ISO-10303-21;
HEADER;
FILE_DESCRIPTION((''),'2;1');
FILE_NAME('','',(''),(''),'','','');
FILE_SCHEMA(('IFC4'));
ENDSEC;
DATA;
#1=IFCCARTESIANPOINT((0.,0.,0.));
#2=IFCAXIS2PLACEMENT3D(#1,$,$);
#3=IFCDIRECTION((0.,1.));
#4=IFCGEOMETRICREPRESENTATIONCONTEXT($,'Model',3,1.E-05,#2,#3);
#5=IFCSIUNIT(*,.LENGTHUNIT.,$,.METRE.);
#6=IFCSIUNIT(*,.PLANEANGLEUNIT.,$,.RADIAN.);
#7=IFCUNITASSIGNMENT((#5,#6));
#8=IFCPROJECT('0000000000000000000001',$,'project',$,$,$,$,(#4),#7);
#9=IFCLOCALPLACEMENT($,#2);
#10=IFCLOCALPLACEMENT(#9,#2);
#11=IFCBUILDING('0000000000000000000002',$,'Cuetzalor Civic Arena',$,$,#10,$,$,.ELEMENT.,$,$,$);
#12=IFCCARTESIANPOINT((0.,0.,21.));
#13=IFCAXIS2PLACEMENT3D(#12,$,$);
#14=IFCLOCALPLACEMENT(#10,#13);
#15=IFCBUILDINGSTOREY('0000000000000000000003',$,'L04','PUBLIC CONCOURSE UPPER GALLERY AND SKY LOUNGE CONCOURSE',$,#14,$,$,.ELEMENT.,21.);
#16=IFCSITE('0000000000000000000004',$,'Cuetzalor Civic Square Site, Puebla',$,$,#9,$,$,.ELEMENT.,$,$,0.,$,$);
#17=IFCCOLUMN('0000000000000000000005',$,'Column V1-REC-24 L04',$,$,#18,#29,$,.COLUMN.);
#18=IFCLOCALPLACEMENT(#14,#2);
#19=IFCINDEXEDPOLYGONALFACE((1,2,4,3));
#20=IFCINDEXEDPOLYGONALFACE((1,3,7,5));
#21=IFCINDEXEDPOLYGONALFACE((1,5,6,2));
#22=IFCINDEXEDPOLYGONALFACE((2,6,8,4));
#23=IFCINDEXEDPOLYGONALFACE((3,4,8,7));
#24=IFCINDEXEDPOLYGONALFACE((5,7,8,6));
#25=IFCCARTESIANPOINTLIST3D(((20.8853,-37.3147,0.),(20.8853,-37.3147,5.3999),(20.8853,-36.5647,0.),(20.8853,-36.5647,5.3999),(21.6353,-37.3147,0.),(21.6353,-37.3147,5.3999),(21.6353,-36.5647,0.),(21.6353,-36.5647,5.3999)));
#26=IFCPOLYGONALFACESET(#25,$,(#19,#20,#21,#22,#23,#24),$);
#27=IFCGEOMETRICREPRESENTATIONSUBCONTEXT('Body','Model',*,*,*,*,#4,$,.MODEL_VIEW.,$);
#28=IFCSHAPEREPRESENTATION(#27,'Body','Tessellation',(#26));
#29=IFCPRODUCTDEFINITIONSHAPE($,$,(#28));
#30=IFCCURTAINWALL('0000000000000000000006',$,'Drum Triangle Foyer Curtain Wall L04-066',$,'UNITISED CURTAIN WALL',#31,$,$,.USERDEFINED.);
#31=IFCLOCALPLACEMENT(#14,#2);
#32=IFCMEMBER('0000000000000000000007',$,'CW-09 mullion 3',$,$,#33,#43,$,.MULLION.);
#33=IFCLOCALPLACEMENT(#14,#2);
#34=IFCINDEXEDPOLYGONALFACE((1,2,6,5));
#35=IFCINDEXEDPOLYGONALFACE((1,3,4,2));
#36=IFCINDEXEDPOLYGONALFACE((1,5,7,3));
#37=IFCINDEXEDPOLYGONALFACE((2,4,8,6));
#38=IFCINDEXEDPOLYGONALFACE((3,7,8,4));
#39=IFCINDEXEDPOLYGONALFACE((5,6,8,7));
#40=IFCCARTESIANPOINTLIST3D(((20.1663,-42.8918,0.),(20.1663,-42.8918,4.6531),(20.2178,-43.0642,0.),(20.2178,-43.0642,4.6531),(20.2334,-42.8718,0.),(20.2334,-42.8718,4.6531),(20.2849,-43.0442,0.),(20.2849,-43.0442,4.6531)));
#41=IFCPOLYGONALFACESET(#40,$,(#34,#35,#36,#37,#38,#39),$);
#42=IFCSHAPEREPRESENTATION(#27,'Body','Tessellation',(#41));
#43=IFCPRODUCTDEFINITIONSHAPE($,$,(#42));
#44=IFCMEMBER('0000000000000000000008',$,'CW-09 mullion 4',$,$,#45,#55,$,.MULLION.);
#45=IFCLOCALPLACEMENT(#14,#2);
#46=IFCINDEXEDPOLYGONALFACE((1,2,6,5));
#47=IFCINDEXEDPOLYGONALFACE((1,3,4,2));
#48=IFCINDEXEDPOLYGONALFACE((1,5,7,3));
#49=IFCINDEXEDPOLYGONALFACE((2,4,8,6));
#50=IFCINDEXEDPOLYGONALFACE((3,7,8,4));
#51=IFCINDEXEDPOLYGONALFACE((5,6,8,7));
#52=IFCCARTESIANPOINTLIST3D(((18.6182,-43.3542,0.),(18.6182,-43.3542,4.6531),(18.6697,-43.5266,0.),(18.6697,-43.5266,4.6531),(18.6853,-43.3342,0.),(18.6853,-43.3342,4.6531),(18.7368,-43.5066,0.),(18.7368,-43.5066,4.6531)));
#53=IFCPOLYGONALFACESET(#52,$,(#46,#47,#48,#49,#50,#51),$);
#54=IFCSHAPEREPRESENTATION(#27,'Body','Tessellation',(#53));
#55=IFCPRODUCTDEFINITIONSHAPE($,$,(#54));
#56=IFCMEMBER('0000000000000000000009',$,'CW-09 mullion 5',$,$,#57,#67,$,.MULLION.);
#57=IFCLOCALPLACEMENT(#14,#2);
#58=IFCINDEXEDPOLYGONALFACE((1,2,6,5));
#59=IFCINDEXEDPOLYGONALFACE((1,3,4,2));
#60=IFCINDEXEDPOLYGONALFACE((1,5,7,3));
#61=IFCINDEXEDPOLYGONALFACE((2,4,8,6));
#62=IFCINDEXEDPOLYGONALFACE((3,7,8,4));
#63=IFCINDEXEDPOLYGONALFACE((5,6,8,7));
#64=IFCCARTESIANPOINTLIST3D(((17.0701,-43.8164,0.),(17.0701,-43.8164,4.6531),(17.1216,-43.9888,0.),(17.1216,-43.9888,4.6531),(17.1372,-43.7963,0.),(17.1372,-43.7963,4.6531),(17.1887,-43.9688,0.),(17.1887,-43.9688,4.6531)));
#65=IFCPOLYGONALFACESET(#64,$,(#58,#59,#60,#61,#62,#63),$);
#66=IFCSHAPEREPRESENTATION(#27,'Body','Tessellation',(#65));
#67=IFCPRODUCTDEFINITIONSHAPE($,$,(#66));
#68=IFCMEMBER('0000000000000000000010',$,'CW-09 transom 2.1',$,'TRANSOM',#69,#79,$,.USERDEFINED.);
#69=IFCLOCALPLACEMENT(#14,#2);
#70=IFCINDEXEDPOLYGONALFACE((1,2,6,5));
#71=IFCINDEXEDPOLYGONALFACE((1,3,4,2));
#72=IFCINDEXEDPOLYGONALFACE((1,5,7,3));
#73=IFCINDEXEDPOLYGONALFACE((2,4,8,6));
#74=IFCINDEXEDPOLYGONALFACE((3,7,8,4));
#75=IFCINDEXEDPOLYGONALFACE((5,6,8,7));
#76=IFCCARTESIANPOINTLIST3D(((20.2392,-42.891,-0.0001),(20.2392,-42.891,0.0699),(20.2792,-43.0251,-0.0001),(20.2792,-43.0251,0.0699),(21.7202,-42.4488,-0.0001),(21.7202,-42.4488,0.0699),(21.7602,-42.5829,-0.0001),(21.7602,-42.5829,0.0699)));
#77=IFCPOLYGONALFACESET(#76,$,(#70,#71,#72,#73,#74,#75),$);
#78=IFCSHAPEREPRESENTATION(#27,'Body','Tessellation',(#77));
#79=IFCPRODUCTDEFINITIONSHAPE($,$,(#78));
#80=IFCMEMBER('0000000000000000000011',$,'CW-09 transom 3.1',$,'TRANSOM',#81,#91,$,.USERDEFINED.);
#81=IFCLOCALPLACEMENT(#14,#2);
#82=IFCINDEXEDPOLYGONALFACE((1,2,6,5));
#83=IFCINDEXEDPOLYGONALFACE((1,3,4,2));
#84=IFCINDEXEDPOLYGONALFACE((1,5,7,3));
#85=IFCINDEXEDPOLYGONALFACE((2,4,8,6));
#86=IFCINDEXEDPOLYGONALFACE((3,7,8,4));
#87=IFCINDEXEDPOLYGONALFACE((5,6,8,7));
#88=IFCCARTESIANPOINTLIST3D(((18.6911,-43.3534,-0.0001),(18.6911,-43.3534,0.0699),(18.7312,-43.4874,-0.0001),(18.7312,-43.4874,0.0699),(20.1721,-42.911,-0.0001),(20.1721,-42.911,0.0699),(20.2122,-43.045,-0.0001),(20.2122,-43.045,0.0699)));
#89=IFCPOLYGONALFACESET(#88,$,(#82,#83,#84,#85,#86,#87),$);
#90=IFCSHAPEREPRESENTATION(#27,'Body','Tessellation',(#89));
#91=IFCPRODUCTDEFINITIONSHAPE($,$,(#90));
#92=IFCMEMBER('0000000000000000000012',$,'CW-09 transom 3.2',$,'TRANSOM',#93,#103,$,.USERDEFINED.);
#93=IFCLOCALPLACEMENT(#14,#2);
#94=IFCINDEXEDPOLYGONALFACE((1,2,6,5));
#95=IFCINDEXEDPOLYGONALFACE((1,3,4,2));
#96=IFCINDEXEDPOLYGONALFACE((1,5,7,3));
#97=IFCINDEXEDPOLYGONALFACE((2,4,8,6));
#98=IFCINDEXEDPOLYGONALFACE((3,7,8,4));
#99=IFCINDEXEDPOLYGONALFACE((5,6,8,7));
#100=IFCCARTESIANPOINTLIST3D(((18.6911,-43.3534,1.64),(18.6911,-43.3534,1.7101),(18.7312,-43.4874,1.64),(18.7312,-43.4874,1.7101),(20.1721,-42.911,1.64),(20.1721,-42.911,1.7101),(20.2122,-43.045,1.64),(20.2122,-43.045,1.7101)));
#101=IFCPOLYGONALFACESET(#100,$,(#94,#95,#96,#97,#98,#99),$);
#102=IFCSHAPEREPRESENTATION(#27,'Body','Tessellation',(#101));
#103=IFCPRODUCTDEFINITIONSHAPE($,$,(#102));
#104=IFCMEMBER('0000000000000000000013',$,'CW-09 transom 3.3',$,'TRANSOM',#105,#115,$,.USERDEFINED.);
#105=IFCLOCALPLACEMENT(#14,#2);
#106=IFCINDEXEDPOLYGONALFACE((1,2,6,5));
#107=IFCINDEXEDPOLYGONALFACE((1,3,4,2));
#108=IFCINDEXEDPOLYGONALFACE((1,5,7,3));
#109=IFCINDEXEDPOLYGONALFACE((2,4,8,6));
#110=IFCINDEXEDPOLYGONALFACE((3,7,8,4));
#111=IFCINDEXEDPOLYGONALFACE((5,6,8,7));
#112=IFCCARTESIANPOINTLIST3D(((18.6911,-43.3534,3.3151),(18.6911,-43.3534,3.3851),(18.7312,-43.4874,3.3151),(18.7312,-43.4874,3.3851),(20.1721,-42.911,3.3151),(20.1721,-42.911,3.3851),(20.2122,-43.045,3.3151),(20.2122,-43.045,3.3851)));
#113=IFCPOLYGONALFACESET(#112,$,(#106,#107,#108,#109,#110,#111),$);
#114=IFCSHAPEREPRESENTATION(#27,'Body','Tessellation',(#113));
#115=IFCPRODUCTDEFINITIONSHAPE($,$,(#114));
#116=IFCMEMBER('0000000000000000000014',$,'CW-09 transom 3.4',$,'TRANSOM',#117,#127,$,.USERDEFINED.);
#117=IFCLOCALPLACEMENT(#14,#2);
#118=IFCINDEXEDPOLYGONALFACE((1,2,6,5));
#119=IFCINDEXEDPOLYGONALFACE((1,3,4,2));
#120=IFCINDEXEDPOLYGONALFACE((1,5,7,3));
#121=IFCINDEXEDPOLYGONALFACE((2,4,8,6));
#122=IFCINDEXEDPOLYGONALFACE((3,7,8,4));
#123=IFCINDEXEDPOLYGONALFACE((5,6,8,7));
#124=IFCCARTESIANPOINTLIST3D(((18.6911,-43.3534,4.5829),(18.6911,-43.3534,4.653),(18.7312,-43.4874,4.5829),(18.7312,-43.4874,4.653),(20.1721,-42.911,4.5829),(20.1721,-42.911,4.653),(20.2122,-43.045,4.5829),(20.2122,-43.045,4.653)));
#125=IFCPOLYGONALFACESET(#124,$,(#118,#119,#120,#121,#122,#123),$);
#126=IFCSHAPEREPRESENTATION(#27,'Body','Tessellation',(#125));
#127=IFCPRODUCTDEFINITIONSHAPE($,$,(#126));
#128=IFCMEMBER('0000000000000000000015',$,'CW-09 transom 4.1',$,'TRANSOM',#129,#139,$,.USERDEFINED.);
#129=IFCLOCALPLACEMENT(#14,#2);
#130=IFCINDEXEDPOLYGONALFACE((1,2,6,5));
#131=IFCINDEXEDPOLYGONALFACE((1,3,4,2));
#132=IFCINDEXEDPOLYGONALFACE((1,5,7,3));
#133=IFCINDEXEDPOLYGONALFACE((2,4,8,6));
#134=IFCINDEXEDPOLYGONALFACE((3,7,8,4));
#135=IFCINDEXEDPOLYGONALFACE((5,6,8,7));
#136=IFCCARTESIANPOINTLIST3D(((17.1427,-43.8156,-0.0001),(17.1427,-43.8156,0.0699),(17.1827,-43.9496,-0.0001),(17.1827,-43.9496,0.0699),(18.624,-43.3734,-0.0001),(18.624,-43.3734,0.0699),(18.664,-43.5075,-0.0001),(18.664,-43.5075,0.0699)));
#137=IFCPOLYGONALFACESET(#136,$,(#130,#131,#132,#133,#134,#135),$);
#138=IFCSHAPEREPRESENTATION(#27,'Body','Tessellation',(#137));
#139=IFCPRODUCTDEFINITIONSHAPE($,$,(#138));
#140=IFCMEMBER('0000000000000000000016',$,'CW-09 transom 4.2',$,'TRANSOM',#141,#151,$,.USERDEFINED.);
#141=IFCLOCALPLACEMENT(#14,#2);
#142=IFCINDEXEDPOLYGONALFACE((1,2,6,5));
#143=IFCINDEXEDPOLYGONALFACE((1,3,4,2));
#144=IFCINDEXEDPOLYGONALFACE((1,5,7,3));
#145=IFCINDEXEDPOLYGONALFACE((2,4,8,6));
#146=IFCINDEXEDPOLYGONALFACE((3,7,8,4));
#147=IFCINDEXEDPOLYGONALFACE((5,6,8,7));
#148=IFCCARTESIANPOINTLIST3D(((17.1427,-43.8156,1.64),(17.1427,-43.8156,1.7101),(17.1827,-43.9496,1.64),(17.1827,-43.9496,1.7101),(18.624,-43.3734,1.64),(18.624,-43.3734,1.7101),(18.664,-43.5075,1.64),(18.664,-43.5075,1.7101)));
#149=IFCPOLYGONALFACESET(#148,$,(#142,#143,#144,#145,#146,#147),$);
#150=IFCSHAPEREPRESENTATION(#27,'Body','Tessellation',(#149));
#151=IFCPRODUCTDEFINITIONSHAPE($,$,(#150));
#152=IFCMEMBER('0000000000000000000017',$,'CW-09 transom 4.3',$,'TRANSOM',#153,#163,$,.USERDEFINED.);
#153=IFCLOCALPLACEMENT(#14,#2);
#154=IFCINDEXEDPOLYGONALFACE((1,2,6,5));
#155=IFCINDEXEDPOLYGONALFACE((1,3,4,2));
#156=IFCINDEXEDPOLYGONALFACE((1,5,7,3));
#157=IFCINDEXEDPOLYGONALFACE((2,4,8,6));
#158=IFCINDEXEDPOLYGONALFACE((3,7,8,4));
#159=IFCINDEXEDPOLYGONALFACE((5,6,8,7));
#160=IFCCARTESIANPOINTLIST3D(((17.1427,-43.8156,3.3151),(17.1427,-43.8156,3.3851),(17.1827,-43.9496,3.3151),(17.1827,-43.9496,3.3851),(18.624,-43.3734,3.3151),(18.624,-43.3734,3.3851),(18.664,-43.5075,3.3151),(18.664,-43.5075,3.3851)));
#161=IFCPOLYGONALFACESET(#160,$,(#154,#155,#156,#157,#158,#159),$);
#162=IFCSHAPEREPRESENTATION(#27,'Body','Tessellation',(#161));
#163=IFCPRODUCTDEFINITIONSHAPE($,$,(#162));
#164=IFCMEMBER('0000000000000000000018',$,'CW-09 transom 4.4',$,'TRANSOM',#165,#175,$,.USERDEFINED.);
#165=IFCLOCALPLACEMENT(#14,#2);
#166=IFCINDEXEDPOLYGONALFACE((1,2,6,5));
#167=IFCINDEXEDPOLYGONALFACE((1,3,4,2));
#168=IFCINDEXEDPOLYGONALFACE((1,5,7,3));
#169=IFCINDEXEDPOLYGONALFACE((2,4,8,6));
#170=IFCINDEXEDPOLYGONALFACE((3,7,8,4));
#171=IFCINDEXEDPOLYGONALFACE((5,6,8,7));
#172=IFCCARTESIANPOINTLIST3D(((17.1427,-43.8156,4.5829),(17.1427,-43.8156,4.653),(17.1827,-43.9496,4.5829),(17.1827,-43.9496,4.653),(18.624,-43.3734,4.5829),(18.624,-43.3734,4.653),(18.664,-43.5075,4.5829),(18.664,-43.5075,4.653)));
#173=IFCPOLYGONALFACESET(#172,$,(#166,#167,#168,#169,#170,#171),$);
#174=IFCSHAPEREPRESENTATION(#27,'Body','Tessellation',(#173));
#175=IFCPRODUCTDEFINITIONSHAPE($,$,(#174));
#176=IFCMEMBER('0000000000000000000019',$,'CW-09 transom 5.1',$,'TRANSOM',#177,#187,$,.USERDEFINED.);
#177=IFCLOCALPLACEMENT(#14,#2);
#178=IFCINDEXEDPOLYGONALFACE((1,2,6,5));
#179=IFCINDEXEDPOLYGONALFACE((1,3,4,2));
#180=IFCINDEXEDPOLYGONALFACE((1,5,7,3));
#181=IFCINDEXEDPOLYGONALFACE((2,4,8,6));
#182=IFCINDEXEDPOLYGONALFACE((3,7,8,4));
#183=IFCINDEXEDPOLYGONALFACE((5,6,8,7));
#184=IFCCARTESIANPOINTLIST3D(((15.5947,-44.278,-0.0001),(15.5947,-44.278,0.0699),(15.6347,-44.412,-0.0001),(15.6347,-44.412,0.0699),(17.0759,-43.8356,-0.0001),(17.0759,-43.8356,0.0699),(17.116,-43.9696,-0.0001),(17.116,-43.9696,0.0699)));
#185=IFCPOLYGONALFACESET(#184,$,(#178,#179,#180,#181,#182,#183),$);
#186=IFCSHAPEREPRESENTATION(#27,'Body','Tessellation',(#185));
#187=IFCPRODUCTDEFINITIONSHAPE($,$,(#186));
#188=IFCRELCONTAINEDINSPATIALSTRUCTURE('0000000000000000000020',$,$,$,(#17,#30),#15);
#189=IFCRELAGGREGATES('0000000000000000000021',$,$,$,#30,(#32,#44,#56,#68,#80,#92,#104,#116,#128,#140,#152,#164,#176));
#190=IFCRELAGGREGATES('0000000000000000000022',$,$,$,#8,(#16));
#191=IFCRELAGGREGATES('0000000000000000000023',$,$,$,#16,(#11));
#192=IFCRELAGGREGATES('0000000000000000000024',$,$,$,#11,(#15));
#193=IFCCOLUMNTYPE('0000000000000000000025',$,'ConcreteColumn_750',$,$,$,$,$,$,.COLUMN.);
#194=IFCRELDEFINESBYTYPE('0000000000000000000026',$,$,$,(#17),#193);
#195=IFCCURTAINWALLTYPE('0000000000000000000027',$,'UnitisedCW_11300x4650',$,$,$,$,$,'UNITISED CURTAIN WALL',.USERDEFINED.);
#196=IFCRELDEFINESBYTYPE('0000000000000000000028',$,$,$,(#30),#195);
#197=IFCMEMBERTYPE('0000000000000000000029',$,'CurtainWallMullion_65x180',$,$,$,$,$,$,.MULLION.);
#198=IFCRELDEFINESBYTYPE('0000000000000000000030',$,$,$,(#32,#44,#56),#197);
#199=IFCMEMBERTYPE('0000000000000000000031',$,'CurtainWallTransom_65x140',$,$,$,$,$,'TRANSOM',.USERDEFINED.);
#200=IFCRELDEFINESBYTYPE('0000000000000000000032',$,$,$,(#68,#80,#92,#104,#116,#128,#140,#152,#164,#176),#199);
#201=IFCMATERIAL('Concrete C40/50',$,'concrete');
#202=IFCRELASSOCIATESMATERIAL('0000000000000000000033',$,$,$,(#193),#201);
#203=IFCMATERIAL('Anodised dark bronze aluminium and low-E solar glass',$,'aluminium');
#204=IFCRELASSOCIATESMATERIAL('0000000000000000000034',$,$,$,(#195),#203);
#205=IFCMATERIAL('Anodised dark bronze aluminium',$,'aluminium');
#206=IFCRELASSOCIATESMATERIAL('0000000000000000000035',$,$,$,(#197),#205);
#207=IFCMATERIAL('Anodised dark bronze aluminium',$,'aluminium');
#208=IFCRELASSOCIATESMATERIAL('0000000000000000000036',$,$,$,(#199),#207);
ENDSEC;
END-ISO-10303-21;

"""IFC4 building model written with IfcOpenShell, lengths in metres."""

from ifc_helpers import new_model, si_unit, direction, frame, origin, origin_2d, place, context, subcontext, project, spatial, rectangle, extrude, material, material_profile, profile_set, type_object, element, aggregate, save


model = new_model("IFC4")

# Units and contexts
model_context = context("Model", 3, precision=1e-05, world=origin(), true_north=direction((0.0, 1.0)))
body_context = subcontext(model_context, "Body", "Model", "MODEL_VIEW")
ifc_project = project(units=[si_unit("LENGTHUNIT", "METRE"), si_unit("PLANEANGLEUNIT", "RADIAN")], contexts=[model_context])

# Site, building, storey
site_placement = place(None, origin())
site = spatial("IfcSite", under=ifc_project, at=site_placement, Name="Cuetzalor Civic Square Site, Puebla", CompositionType="ELEMENT", RefElevation=0.0)
building_placement = place(site_placement, origin())
building = spatial("IfcBuilding", under=site, at=building_placement, Name="Cuetzalor Civic Arena", CompositionType="ELEMENT")
storey_placement = place(building_placement, frame((0.0, 0.0, 21.0)))
storey = spatial("IfcBuildingStorey", under=building, at=storey_placement, Name="L04", Description="PUBLIC CONCOURSE UPPER GALLERY AND SKY LOUNGE CONCOURSE", CompositionType="ELEMENT", Elevation=21.0)

# Column
ifc_material_1 = material(Name="Concrete C40/50", Category="concrete")
ifc_material_profile_1 = material_profile(ifc_material_1, rectangle(XDim=0.75, YDim=0.75, at=origin_2d()), Name="RC 750x750")
ifc_profile_set_1 = profile_set([ifc_material_profile_1], Name="Concrete C40/50")
column_type = type_object("IfcColumnType", Name="ConcreteColumn_750", PredefinedType="COLUMN", material=ifc_profile_set_1)
column_placement = place(storey_placement, frame((21.2603, -36.9397, 0.0), z_axis=(0.0, 0.0, 1.0), x_axis=(1.0, 0.0, 0.0)))
element("IfcColumn", 1, at=column_placement, inside=storey, type_object=column_type, Name="Column V1-REC-24 L04", PredefinedType="COLUMN", context=body_context, shape_type="SweptSolid", body=[
    extrude(rectangle(XDim=0.75, YDim=0.75, at=origin_2d()), origin(), (0.0, 0.0, 1.0), 5.3999),
])

# Curtain wall, members
ifc_material_2 = material(Name="Anodised dark bronze aluminium and low-E solar glass", Category="aluminium")
curtain_wall_type = type_object("IfcCurtainWallType", Name="UnitisedCW_11300x4650", ElementType="UNITISED CURTAIN WALL", PredefinedType="USERDEFINED", material=ifc_material_2)
curtain_wall_placement = place(storey_placement, origin())
curtain_wall = element("IfcCurtainWall", 2, at=curtain_wall_placement, inside=storey, type_object=curtain_wall_type, Name="Drum Triangle Foyer Curtain Wall L04-066", ObjectType="UNITISED CURTAIN WALL", PredefinedType="USERDEFINED")
ifc_material_3 = material(Name="Anodised dark bronze aluminium", Category="aluminium")
ifc_material_profile_2 = material_profile(ifc_material_3, rectangle(XDim=0.0701, YDim=0.1799, at=origin_2d()), Name="ALU MULLION 70x180")
ifc_profile_set_2 = profile_set([ifc_material_profile_2], Name="Anodised dark bronze aluminium")
member_type_1 = type_object("IfcMemberType", Name="CurtainWallMullion_65x180", PredefinedType="MULLION", material=ifc_profile_set_2)
member_1_placement = place(storey_placement, frame((20.2256, -42.968, 0.0), z_axis=(0.0, 0.0, 1.0), x_axis=(-0.958194, -0.28612, 0.0)))
member_1 = element("IfcMember", 3, at=member_1_placement, type_object=member_type_1, Name="CW-09 mullion 3", PredefinedType="MULLION", context=body_context, shape_type="SweptSolid", body=[
    extrude(rectangle(XDim=0.0701, YDim=0.1799, at=origin_2d()), origin(), (0.0, 0.0, 1.0), 4.6531),
])
member_2_placement = place(storey_placement, frame((18.6775, -43.4304, 0.0), z_axis=(0.0, 0.0, 1.0), x_axis=(-0.958194, -0.28612, 0.0)))
member_2 = element("IfcMember", 4, at=member_2_placement, type_object=member_type_1, Name="CW-09 mullion 4", PredefinedType="MULLION", context=body_context, shape_type="SweptSolid", body=[
    extrude(rectangle(XDim=0.0701, YDim=0.1799, at=origin_2d()), origin(), (0.0, 0.0, 1.0), 4.6531),
])
member_3_placement = place(storey_placement, frame((17.1294, -43.8926, 0.0), z_axis=(0.0, 0.0, 1.0), x_axis=(-0.958194, -0.28612, 0.0)))
member_3 = element("IfcMember", 5, at=member_3_placement, type_object=member_type_1, Name="CW-09 mullion 5", PredefinedType="MULLION", context=body_context, shape_type="SweptSolid", body=[
    extrude(rectangle(XDim=0.0701, YDim=0.1799, at=origin_2d()), origin(), (0.0, 0.0, 1.0), 4.6531),
])
ifc_material_4 = material(Name="Anodised dark bronze aluminium", Category="aluminium")
ifc_material_profile_3 = material_profile(ifc_material_4, rectangle(XDim=0.1399, YDim=0.0701, at=origin_2d()), Name="ALU TRANSOM 70x140")
ifc_profile_set_3 = profile_set([ifc_material_profile_3], Name="Anodised dark bronze aluminium")
member_type_2 = type_object("IfcMemberType", Name="CurtainWallTransom_65x140", ElementType="TRANSOM", PredefinedType="USERDEFINED", material=ifc_profile_set_3)
member_4_placement = place(storey_placement, frame((21.7402, -42.5159, 0.0349), z_axis=(-0.958208, -0.286072, 0.0), x_axis=(0.286072, -0.958208, 0.0)))
member_4 = element("IfcMember", 6, at=member_4_placement, type_object=member_type_2, Name="CW-09 transom 2.1", ObjectType="TRANSOM", PredefinedType="USERDEFINED", context=body_context, shape_type="SweptSolid", body=[
    extrude(rectangle(XDim=0.1399, YDim=0.0701, at=origin_2d()), origin(), (0.0, 0.0, 1.0), 1.5457),
])
member_5_placement = place(storey_placement, frame((20.1921, -42.978, 0.0349), z_axis=(-0.958165, -0.286217, 0.0), x_axis=(0.286217, -0.958165, 0.0)))
member_5 = element("IfcMember", 7, at=member_5_placement, type_object=member_type_2, Name="CW-09 transom 3.1", ObjectType="TRANSOM", PredefinedType="USERDEFINED", context=body_context, shape_type="SweptSolid", body=[
    extrude(rectangle(XDim=0.1399, YDim=0.0701, at=origin_2d()), origin(), (0.0, 0.0, 1.0), 1.5457),
])
member_6_placement = place(storey_placement, frame((20.1921, -42.978, 1.675), z_axis=(-0.958165, -0.286217, 0.0), x_axis=(0.286217, -0.958165, 0.0)))
member_6 = element("IfcMember", 8, at=member_6_placement, type_object=member_type_2, Name="CW-09 transom 3.2", ObjectType="TRANSOM", PredefinedType="USERDEFINED", context=body_context, shape_type="SweptSolid", body=[
    extrude(rectangle(XDim=0.1399, YDim=0.0701, at=origin_2d()), origin(), (0.0, 0.0, 1.0), 1.5457),
])
member_7_placement = place(storey_placement, frame((20.1921, -42.978, 3.3501), z_axis=(-0.958165, -0.286217, 0.0), x_axis=(0.286217, -0.958165, 0.0)))
member_7 = element("IfcMember", 9, at=member_7_placement, type_object=member_type_2, Name="CW-09 transom 3.3", ObjectType="TRANSOM", PredefinedType="USERDEFINED", context=body_context, shape_type="SweptSolid", body=[
    extrude(rectangle(XDim=0.1399, YDim=0.0701, at=origin_2d()), origin(), (0.0, 0.0, 1.0), 1.5457),
])
member_8_placement = place(storey_placement, frame((20.1921, -42.978, 4.6179), z_axis=(-0.958165, -0.286217, 0.0), x_axis=(0.286217, -0.958165, 0.0)))
member_8 = element("IfcMember", 10, at=member_8_placement, type_object=member_type_2, Name="CW-09 transom 3.4", ObjectType="TRANSOM", PredefinedType="USERDEFINED", context=body_context, shape_type="SweptSolid", body=[
    extrude(rectangle(XDim=0.1399, YDim=0.0701, at=origin_2d()), origin(), (0.0, 0.0, 1.0), 1.5457),
])
member_9_placement = place(storey_placement, frame((18.644, -43.4404, 0.0349), z_axis=(-0.958221, -0.286029, 0.0), x_axis=(0.286029, -0.958221, 0.0)))
member_9 = element("IfcMember", 11, at=member_9_placement, type_object=member_type_2, Name="CW-09 transom 4.1", ObjectType="TRANSOM", PredefinedType="USERDEFINED", context=body_context, shape_type="SweptSolid", body=[
    extrude(rectangle(XDim=0.1399, YDim=0.0701, at=origin_2d()), origin(), (0.0, 0.0, 1.0), 1.5459),
])
member_10_placement = place(storey_placement, frame((18.644, -43.4404, 1.675), z_axis=(-0.958221, -0.286029, 0.0), x_axis=(0.286029, -0.958221, 0.0)))
member_10 = element("IfcMember", 12, at=member_10_placement, type_object=member_type_2, Name="CW-09 transom 4.2", ObjectType="TRANSOM", PredefinedType="USERDEFINED", context=body_context, shape_type="SweptSolid", body=[
    extrude(rectangle(XDim=0.1399, YDim=0.0701, at=origin_2d()), origin(), (0.0, 0.0, 1.0), 1.5459),
])
member_11_placement = place(storey_placement, frame((18.644, -43.4404, 3.3501), z_axis=(-0.958221, -0.286029, 0.0), x_axis=(0.286029, -0.958221, 0.0)))
member_11 = element("IfcMember", 13, at=member_11_placement, type_object=member_type_2, Name="CW-09 transom 4.3", ObjectType="TRANSOM", PredefinedType="USERDEFINED", context=body_context, shape_type="SweptSolid", body=[
    extrude(rectangle(XDim=0.1399, YDim=0.0701, at=origin_2d()), origin(), (0.0, 0.0, 1.0), 1.5459),
])
member_12_placement = place(storey_placement, frame((18.644, -43.4404, 4.6179), z_axis=(-0.958221, -0.286029, 0.0), x_axis=(0.286029, -0.958221, 0.0)))
member_12 = element("IfcMember", 14, at=member_12_placement, type_object=member_type_2, Name="CW-09 transom 4.4", ObjectType="TRANSOM", PredefinedType="USERDEFINED", context=body_context, shape_type="SweptSolid", body=[
    extrude(rectangle(XDim=0.1399, YDim=0.0701, at=origin_2d()), origin(), (0.0, 0.0, 1.0), 1.5459),
])
member_13_placement = place(storey_placement, frame((17.0959, -43.9026, 0.0349), z_axis=(-0.958178, -0.286174, 0.0), x_axis=(0.286174, -0.958178, 0.0)))
member_13 = element("IfcMember", 15, at=member_13_placement, type_object=member_type_2, Name="CW-09 transom 5.1", ObjectType="TRANSOM", PredefinedType="USERDEFINED", context=body_context, shape_type="SweptSolid", body=[
    extrude(rectangle(XDim=0.1399, YDim=0.0701, at=origin_2d()), origin(), (0.0, 0.0, 1.0), 1.5459),
])

aggregate(curtain_wall, [member_1, member_2, member_3, member_4, member_5, member_6, member_7, member_8, member_9, member_10, member_11, member_12, member_13])

save(model, "model.ifc")
